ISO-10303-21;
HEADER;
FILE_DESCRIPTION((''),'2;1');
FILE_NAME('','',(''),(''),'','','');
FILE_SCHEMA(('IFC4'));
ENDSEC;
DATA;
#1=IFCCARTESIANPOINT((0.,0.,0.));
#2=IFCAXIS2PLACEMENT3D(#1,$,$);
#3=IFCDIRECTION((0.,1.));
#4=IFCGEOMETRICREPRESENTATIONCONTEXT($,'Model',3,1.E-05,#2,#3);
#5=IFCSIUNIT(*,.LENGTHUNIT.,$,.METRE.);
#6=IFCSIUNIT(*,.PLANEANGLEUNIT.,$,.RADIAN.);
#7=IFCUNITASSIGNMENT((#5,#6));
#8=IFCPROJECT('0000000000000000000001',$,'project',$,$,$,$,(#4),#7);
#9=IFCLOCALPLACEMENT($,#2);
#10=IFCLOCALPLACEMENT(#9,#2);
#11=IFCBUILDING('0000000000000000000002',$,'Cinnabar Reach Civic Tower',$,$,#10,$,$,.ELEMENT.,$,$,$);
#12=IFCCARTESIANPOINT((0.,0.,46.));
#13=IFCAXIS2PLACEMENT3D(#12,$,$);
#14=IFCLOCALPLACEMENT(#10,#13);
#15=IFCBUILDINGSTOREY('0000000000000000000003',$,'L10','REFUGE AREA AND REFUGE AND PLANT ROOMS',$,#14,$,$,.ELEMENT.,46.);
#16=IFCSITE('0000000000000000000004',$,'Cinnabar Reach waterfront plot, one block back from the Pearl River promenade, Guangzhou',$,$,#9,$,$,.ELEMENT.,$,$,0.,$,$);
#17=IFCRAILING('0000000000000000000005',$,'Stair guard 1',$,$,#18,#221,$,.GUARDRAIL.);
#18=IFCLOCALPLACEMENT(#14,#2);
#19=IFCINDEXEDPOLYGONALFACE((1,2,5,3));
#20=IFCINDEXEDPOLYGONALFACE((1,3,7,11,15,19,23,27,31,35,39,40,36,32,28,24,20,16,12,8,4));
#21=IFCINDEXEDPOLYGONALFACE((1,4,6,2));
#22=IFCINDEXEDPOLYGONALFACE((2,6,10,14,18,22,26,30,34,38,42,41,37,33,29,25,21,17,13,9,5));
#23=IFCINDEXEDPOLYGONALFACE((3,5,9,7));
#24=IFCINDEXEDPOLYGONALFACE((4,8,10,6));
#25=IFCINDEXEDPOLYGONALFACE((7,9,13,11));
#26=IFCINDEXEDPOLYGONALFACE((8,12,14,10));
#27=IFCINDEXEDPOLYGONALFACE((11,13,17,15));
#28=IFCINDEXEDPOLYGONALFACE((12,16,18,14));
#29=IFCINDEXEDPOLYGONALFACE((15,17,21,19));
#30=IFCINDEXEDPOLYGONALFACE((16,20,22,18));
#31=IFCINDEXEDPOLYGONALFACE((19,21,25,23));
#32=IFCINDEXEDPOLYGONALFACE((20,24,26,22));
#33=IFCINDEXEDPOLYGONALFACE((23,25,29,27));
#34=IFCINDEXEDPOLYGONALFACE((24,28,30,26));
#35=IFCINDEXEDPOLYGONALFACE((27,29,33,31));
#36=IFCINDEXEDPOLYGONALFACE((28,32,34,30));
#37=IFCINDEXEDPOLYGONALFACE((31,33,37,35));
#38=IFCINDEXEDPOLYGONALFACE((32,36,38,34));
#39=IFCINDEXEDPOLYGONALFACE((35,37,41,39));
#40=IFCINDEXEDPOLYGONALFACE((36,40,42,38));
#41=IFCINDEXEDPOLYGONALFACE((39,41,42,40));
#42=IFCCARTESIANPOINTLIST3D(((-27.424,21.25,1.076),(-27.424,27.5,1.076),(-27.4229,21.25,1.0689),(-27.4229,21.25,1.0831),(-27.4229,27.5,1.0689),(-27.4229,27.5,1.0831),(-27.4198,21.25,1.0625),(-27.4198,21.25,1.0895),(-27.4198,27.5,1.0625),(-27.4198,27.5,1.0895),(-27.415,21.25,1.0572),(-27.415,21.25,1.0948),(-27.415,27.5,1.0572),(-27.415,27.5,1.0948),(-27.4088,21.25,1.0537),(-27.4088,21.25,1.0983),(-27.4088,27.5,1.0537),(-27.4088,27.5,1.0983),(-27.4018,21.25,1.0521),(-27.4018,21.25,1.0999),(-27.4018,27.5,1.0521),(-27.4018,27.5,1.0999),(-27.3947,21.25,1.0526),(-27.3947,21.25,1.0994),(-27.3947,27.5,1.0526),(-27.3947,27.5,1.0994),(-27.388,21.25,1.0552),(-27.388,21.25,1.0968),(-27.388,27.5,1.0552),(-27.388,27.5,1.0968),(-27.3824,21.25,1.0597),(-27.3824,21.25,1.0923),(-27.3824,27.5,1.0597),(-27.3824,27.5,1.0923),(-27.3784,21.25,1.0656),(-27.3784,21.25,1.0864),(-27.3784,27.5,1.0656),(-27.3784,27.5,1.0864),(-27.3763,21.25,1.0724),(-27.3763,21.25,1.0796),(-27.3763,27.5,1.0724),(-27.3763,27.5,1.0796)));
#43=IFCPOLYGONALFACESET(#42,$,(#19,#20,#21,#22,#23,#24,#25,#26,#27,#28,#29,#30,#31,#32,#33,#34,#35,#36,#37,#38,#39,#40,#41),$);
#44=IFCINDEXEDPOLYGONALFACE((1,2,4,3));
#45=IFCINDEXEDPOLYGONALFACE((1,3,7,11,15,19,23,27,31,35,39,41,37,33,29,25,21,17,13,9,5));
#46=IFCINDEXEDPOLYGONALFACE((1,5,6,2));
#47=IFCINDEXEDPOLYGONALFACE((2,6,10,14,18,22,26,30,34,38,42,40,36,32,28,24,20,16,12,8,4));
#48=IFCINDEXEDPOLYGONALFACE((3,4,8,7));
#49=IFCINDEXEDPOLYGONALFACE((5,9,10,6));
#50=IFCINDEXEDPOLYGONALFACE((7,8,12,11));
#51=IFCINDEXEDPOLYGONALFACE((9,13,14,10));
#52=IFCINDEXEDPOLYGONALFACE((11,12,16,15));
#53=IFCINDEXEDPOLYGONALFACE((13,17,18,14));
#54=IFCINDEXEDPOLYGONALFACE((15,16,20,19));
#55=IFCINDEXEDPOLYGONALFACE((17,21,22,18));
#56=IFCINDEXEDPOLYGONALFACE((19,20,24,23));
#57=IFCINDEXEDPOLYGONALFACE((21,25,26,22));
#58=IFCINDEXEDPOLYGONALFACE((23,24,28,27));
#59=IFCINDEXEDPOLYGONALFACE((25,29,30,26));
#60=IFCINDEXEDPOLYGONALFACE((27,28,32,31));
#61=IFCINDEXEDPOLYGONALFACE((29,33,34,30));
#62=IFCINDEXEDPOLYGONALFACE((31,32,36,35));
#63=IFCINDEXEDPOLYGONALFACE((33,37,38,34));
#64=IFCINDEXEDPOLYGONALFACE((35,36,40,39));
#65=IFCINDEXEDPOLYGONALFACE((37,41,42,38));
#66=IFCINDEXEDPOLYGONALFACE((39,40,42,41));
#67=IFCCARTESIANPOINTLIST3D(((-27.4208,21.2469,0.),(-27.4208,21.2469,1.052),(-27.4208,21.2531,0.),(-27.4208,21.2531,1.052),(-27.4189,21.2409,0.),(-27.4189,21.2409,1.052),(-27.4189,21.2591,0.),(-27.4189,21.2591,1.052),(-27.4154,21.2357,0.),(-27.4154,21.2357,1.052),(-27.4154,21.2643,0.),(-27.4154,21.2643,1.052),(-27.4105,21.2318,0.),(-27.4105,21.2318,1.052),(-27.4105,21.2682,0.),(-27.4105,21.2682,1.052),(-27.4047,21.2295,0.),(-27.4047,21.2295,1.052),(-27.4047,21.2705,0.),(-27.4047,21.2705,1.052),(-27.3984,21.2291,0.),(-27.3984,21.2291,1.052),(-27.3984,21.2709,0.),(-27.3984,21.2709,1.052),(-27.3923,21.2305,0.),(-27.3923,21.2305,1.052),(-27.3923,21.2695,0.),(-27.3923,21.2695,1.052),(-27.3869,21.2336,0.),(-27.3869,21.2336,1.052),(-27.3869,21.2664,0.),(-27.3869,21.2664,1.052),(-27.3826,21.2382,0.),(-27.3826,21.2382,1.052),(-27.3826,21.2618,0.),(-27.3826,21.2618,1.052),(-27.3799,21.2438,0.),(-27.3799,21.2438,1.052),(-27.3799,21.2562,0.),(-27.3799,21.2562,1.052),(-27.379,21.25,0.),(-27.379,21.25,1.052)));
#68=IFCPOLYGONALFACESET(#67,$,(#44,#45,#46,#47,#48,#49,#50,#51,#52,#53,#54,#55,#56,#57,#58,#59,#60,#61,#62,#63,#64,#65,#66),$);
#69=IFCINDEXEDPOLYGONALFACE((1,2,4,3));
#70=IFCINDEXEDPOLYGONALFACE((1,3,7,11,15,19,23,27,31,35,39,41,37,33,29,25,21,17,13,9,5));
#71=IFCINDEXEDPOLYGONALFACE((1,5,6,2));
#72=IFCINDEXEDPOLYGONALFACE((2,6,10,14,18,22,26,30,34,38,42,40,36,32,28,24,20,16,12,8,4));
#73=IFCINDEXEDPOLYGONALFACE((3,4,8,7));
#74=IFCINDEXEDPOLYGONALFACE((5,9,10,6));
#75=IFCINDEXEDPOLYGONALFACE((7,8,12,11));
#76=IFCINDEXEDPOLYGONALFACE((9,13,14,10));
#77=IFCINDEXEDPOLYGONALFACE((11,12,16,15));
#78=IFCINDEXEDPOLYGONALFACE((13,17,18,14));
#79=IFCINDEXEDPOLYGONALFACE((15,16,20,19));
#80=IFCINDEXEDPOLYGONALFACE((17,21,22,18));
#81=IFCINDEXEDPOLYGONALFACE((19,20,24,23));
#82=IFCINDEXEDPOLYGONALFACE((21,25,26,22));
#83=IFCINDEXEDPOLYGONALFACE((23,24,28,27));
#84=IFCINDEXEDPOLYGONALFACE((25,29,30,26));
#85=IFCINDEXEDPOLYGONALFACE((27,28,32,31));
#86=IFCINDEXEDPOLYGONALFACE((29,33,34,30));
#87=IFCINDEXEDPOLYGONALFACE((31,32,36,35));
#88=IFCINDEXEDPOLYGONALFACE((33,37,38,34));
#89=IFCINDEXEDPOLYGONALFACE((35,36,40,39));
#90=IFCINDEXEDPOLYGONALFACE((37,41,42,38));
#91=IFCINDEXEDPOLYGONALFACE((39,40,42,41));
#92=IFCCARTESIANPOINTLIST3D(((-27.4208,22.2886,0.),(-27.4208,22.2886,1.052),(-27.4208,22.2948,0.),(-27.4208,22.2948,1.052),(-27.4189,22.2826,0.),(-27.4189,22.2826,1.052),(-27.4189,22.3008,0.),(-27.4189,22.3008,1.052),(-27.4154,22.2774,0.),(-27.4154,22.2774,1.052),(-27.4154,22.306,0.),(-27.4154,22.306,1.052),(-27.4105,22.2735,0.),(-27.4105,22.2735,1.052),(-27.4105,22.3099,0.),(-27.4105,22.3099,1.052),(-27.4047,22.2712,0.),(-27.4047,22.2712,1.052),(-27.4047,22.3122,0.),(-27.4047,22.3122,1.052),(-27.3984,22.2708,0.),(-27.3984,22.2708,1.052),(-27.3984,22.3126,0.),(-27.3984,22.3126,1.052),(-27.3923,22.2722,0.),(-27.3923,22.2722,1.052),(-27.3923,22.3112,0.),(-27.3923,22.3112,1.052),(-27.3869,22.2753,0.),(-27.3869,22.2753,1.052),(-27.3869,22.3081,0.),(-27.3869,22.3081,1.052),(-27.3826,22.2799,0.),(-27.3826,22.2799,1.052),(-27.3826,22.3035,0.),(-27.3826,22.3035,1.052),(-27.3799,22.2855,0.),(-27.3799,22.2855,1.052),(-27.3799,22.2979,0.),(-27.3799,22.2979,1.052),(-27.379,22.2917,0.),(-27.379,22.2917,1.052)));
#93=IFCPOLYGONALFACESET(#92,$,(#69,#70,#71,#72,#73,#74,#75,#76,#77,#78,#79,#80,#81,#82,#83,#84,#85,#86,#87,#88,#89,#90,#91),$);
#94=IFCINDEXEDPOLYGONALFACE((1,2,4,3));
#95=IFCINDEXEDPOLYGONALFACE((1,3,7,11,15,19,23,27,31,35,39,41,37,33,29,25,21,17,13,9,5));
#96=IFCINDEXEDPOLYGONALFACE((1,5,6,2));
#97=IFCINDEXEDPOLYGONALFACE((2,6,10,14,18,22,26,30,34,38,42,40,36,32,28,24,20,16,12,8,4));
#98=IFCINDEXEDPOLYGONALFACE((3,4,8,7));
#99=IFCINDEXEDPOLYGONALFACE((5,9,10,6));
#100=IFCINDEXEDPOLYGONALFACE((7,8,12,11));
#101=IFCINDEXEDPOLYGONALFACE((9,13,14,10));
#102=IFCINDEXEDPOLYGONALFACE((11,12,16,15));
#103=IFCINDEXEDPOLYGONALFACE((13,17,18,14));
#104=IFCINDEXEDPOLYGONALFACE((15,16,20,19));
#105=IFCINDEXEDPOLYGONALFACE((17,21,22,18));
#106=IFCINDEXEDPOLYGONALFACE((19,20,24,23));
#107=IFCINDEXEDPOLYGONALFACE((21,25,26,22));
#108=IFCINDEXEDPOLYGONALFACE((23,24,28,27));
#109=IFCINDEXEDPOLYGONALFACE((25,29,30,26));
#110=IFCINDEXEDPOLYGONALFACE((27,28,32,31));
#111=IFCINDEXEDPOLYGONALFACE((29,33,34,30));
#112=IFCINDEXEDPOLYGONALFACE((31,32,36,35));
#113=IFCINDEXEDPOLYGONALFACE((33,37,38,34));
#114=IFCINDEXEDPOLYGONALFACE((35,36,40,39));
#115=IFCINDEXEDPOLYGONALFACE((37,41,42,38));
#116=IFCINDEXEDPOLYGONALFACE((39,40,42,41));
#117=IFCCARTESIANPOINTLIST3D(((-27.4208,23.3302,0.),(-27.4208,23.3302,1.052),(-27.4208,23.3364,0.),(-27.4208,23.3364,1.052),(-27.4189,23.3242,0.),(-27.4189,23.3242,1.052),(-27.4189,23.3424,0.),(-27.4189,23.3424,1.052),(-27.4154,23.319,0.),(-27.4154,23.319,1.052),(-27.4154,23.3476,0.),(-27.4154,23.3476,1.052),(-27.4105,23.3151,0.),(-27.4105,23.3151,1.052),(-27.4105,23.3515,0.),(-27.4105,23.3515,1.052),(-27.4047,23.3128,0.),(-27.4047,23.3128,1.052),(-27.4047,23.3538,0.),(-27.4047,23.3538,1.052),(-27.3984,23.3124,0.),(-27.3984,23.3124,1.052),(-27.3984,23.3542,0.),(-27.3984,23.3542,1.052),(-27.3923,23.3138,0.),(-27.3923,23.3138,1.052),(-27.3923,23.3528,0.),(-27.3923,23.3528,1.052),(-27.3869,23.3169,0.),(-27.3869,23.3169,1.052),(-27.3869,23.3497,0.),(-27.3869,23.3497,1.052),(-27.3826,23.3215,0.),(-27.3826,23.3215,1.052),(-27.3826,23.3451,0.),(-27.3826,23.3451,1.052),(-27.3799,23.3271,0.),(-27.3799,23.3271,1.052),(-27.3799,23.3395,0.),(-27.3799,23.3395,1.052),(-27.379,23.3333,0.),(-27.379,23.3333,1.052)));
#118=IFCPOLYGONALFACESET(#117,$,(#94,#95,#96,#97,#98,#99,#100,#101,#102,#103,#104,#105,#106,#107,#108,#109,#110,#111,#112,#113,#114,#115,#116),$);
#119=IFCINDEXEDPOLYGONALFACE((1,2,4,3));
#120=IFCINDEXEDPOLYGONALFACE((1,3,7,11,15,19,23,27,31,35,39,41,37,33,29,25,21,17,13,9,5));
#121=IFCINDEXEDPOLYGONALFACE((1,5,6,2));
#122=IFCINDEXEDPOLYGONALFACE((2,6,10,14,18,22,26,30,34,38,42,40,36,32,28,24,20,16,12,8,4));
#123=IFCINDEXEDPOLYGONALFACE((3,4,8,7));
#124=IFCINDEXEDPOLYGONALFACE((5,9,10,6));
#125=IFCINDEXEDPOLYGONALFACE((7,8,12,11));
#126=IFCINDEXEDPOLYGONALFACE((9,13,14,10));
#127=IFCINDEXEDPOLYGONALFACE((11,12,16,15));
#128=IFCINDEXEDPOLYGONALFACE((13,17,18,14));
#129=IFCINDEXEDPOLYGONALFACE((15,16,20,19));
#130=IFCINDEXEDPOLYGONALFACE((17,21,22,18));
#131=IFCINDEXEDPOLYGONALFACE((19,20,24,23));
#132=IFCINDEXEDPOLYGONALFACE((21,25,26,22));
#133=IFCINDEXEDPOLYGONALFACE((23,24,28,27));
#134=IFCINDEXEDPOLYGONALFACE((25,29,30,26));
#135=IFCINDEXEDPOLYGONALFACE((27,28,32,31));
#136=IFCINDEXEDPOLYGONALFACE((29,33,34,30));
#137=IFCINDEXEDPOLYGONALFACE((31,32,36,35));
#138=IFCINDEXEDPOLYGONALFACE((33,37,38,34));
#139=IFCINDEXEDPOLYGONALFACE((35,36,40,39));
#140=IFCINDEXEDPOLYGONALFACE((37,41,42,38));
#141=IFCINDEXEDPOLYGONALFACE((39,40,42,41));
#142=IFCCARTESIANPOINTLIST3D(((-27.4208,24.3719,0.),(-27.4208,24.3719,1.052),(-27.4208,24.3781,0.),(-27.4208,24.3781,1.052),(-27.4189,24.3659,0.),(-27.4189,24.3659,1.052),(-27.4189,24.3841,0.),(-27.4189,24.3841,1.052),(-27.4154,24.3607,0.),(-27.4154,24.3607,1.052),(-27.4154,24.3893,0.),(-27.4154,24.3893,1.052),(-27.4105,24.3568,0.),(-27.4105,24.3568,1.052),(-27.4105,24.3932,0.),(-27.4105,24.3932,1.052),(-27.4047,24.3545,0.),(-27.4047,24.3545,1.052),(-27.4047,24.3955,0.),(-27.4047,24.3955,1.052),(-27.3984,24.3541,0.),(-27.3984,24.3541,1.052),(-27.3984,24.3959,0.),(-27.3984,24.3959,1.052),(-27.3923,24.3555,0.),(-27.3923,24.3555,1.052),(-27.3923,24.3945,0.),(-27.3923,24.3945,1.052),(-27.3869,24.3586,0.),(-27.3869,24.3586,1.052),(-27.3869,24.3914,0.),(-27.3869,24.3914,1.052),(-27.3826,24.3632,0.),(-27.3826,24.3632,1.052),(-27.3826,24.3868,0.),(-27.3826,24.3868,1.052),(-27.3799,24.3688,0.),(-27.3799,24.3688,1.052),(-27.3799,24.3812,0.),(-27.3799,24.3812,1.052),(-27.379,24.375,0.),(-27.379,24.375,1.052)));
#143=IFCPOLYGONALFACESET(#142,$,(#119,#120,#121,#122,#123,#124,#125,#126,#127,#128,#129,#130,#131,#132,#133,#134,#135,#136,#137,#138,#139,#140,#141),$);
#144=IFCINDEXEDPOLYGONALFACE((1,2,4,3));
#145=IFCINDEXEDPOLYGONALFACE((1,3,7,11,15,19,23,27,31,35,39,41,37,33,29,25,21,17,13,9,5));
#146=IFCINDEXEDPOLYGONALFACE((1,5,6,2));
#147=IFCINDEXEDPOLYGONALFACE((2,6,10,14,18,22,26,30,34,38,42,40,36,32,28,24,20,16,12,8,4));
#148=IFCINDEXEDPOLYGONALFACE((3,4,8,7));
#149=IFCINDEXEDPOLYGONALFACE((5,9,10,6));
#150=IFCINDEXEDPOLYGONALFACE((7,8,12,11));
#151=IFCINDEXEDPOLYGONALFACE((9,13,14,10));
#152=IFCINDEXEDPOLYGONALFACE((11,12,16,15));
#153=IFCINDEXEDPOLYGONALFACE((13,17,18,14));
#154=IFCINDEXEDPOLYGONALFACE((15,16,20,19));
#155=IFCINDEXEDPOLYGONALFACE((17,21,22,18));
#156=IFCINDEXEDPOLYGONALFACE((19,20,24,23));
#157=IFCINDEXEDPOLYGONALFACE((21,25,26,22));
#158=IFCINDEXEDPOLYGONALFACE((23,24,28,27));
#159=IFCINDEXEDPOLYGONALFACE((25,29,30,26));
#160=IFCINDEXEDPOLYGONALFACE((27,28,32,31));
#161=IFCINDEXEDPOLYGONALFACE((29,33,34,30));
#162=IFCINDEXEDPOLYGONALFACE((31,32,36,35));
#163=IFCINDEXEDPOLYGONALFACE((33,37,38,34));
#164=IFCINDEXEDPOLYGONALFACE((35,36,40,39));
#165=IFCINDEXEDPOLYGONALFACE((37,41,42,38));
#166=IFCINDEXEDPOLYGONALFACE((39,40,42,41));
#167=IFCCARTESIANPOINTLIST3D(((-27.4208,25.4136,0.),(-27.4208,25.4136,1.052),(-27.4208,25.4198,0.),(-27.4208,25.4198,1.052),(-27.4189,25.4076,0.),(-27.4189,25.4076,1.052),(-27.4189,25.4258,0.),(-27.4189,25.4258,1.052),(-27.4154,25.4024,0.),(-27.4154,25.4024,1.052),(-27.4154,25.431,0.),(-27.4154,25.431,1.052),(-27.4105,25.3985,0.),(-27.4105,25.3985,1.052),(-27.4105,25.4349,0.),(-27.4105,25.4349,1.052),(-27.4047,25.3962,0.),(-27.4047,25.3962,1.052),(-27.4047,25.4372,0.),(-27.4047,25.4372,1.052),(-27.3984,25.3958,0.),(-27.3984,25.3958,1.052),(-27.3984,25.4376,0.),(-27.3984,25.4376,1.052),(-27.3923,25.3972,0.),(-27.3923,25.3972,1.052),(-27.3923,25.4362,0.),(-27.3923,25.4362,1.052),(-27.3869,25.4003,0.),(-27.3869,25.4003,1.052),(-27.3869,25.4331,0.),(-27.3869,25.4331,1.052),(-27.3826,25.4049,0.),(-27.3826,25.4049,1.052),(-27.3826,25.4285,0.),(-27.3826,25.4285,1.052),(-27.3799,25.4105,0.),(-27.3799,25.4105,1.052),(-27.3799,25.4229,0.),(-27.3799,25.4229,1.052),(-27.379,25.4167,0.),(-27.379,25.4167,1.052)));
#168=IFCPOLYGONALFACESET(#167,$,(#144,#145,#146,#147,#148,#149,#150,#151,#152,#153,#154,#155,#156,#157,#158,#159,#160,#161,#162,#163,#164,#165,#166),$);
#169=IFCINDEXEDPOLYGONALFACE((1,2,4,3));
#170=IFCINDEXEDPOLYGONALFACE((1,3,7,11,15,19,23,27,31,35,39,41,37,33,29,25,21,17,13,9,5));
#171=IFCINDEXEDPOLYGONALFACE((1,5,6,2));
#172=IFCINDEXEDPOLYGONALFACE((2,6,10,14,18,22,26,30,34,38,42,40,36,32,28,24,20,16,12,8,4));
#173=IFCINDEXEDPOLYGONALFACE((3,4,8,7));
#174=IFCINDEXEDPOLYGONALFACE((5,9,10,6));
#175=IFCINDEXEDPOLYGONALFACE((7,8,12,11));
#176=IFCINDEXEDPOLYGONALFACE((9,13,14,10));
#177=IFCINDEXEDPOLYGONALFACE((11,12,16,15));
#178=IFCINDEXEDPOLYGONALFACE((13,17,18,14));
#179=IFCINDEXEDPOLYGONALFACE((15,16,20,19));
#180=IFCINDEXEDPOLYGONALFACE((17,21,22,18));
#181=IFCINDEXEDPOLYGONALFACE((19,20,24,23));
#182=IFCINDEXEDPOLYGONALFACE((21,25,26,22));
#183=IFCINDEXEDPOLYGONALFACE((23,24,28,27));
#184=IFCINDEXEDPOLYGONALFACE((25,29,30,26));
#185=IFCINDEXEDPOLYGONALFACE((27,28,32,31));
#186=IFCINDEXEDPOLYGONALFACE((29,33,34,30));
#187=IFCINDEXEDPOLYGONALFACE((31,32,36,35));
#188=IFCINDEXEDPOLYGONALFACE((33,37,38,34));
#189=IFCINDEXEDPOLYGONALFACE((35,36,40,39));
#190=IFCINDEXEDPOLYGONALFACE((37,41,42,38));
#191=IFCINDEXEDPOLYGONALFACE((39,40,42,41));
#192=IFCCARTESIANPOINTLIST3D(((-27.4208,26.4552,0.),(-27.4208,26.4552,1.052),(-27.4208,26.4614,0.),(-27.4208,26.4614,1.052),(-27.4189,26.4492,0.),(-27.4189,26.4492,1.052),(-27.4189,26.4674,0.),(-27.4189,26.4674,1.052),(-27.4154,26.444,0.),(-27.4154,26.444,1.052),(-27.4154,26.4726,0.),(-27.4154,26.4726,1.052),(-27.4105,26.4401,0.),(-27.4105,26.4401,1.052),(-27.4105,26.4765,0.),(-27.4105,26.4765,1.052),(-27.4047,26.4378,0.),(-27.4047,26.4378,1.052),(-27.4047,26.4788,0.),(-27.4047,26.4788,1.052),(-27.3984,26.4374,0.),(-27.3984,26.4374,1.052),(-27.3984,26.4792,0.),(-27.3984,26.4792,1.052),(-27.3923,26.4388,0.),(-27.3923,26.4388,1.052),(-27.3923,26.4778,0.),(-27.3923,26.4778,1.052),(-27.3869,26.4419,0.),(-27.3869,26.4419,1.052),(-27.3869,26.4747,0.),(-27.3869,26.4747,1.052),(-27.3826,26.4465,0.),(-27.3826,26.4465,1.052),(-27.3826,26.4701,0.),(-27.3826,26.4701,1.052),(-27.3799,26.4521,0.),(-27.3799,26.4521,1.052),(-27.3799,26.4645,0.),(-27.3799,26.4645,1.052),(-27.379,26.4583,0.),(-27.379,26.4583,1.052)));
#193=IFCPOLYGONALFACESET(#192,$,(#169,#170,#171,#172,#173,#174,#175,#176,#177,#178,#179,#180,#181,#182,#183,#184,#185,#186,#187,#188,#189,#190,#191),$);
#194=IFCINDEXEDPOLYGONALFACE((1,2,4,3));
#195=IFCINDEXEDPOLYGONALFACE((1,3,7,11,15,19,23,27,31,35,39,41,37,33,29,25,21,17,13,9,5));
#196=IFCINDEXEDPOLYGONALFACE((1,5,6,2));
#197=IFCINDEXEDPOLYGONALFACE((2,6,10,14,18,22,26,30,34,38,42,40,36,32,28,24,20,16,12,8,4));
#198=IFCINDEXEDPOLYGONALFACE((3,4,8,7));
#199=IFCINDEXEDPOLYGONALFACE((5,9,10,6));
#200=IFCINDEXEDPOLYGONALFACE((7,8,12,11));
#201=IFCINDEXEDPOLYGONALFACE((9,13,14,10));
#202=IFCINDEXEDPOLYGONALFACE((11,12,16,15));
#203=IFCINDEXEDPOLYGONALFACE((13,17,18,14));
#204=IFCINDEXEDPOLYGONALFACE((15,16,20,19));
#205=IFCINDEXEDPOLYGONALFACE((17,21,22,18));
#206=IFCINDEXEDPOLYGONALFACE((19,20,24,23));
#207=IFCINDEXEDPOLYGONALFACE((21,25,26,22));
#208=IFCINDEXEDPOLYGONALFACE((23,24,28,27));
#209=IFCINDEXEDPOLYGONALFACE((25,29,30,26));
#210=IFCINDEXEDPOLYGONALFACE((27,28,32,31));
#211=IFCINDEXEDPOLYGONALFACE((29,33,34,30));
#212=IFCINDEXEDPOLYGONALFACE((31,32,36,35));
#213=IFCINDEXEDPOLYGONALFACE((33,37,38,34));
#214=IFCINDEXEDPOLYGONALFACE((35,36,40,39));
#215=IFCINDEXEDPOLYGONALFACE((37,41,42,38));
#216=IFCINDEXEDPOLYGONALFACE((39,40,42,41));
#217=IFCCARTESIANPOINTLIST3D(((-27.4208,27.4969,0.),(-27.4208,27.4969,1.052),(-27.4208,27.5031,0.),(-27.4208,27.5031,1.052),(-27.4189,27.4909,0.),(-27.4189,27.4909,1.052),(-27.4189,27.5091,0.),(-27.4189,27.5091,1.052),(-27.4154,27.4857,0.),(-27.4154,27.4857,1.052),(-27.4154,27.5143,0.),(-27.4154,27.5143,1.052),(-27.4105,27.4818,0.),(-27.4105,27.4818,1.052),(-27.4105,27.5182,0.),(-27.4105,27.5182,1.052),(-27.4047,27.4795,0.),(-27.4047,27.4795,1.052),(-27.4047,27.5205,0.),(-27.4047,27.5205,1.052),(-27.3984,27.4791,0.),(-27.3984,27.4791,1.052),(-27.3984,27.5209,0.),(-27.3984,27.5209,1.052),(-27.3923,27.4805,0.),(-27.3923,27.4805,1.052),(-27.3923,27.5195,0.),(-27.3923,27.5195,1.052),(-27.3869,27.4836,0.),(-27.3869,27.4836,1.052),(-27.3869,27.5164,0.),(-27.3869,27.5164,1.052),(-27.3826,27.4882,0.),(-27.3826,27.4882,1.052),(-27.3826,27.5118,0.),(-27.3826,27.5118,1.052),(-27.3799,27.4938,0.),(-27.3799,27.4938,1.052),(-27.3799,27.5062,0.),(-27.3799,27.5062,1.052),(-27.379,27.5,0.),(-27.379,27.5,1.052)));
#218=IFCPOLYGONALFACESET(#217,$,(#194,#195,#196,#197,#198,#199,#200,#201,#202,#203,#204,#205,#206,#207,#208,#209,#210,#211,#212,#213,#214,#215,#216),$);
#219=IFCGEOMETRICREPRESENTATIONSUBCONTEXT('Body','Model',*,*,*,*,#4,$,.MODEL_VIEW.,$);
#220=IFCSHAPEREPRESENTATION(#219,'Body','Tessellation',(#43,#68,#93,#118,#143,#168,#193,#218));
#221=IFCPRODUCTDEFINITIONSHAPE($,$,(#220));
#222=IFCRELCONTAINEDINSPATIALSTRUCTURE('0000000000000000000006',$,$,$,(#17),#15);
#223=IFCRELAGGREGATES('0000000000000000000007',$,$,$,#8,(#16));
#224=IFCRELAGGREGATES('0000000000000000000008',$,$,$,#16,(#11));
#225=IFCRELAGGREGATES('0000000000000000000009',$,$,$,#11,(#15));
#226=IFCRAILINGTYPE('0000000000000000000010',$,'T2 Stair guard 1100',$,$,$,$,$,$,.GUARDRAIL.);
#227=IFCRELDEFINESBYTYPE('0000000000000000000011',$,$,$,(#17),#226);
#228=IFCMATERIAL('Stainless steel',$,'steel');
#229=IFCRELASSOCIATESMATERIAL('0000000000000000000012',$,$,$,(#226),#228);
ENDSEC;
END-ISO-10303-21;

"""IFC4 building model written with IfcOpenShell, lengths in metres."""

from ifc_helpers import new_model, si_unit, direction, frame, origin, origin_2d, place, context, subcontext, project, spatial, circle, extrude, material, type_object, element, save


model = new_model("IFC4")

# Units and contexts
model_context = context("Model", 3, precision=1e-05, world=origin(), true_north=direction((0.0, 1.0)))
body_context = subcontext(model_context, "Body", "Model", "MODEL_VIEW")
ifc_project = project(units=[si_unit("LENGTHUNIT", "METRE"), si_unit("PLANEANGLEUNIT", "RADIAN")], contexts=[model_context])

# Site, building, storey
site_placement = place(None, origin())
site = spatial("IfcSite", under=ifc_project, at=site_placement, Name="Cinnabar Reach waterfront plot, one block back from the Pearl River promenade, Guangzhou", CompositionType="ELEMENT", RefElevation=0.0)
building_placement = place(site_placement, origin())
building = spatial("IfcBuilding", under=site, at=building_placement, Name="Cinnabar Reach Civic Tower", CompositionType="ELEMENT")
storey_placement = place(building_placement, frame((0.0, 0.0, 46.0)))
storey = spatial("IfcBuildingStorey", under=building, at=storey_placement, Name="L10", Description="REFUGE AREA AND REFUGE AND PLANT ROOMS", CompositionType="ELEMENT", Elevation=46.0)

# Railing
ifc_material_1 = material(Name="Stainless steel", Category="steel")
railing_type = type_object("IfcRailingType", Name="T2 Stair guard 1100", PredefinedType="GUARDRAIL", material=ifc_material_1)
for number, where, name in (
    (1, (-27.4, 21.25, 0.0), "Stair guard 1"),
):
    element("IfcRailing", number, at=place(storey_placement, frame(where)), inside=storey, type_object=railing_type, Name=name, PredefinedType="GUARDRAIL", context=body_context, shape_type="SweptSolid", body=[
        extrude(circle(Radius=0.024, at=origin_2d()), frame((0.0, 0.0, 1.076), z_axis=(0.0, 1.0, 0.0), x_axis=(-1.0, 0.0, 0.0)), (0.0, 0.0, 1.0), 6.25),
        extrude(circle(Radius=0.021, at=origin_2d()), origin(), (0.0, 0.0, 1.0), 1.052),
        extrude(circle(Radius=0.021, at=origin_2d()), frame((0.0, 1.0417, 0.0)), (0.0, 0.0, 1.0), 1.052),
        extrude(circle(Radius=0.021, at=origin_2d()), frame((0.0, 2.0833, 0.0)), (0.0, 0.0, 1.0), 1.052),
        extrude(circle(Radius=0.021, at=origin_2d()), frame((0.0, 3.125, 0.0)), (0.0, 0.0, 1.0), 1.052),
        extrude(circle(Radius=0.021, at=origin_2d()), frame((0.0, 4.1667, 0.0)), (0.0, 0.0, 1.0), 1.052),
        extrude(circle(Radius=0.021, at=origin_2d()), frame((0.0, 5.2083, 0.0)), (0.0, 0.0, 1.0), 1.052),
        extrude(circle(Radius=0.021, at=origin_2d()), frame((0.0, 6.25, 0.0)), (0.0, 0.0, 1.0), 1.052),
    ])

save(model, "model.ifc")
